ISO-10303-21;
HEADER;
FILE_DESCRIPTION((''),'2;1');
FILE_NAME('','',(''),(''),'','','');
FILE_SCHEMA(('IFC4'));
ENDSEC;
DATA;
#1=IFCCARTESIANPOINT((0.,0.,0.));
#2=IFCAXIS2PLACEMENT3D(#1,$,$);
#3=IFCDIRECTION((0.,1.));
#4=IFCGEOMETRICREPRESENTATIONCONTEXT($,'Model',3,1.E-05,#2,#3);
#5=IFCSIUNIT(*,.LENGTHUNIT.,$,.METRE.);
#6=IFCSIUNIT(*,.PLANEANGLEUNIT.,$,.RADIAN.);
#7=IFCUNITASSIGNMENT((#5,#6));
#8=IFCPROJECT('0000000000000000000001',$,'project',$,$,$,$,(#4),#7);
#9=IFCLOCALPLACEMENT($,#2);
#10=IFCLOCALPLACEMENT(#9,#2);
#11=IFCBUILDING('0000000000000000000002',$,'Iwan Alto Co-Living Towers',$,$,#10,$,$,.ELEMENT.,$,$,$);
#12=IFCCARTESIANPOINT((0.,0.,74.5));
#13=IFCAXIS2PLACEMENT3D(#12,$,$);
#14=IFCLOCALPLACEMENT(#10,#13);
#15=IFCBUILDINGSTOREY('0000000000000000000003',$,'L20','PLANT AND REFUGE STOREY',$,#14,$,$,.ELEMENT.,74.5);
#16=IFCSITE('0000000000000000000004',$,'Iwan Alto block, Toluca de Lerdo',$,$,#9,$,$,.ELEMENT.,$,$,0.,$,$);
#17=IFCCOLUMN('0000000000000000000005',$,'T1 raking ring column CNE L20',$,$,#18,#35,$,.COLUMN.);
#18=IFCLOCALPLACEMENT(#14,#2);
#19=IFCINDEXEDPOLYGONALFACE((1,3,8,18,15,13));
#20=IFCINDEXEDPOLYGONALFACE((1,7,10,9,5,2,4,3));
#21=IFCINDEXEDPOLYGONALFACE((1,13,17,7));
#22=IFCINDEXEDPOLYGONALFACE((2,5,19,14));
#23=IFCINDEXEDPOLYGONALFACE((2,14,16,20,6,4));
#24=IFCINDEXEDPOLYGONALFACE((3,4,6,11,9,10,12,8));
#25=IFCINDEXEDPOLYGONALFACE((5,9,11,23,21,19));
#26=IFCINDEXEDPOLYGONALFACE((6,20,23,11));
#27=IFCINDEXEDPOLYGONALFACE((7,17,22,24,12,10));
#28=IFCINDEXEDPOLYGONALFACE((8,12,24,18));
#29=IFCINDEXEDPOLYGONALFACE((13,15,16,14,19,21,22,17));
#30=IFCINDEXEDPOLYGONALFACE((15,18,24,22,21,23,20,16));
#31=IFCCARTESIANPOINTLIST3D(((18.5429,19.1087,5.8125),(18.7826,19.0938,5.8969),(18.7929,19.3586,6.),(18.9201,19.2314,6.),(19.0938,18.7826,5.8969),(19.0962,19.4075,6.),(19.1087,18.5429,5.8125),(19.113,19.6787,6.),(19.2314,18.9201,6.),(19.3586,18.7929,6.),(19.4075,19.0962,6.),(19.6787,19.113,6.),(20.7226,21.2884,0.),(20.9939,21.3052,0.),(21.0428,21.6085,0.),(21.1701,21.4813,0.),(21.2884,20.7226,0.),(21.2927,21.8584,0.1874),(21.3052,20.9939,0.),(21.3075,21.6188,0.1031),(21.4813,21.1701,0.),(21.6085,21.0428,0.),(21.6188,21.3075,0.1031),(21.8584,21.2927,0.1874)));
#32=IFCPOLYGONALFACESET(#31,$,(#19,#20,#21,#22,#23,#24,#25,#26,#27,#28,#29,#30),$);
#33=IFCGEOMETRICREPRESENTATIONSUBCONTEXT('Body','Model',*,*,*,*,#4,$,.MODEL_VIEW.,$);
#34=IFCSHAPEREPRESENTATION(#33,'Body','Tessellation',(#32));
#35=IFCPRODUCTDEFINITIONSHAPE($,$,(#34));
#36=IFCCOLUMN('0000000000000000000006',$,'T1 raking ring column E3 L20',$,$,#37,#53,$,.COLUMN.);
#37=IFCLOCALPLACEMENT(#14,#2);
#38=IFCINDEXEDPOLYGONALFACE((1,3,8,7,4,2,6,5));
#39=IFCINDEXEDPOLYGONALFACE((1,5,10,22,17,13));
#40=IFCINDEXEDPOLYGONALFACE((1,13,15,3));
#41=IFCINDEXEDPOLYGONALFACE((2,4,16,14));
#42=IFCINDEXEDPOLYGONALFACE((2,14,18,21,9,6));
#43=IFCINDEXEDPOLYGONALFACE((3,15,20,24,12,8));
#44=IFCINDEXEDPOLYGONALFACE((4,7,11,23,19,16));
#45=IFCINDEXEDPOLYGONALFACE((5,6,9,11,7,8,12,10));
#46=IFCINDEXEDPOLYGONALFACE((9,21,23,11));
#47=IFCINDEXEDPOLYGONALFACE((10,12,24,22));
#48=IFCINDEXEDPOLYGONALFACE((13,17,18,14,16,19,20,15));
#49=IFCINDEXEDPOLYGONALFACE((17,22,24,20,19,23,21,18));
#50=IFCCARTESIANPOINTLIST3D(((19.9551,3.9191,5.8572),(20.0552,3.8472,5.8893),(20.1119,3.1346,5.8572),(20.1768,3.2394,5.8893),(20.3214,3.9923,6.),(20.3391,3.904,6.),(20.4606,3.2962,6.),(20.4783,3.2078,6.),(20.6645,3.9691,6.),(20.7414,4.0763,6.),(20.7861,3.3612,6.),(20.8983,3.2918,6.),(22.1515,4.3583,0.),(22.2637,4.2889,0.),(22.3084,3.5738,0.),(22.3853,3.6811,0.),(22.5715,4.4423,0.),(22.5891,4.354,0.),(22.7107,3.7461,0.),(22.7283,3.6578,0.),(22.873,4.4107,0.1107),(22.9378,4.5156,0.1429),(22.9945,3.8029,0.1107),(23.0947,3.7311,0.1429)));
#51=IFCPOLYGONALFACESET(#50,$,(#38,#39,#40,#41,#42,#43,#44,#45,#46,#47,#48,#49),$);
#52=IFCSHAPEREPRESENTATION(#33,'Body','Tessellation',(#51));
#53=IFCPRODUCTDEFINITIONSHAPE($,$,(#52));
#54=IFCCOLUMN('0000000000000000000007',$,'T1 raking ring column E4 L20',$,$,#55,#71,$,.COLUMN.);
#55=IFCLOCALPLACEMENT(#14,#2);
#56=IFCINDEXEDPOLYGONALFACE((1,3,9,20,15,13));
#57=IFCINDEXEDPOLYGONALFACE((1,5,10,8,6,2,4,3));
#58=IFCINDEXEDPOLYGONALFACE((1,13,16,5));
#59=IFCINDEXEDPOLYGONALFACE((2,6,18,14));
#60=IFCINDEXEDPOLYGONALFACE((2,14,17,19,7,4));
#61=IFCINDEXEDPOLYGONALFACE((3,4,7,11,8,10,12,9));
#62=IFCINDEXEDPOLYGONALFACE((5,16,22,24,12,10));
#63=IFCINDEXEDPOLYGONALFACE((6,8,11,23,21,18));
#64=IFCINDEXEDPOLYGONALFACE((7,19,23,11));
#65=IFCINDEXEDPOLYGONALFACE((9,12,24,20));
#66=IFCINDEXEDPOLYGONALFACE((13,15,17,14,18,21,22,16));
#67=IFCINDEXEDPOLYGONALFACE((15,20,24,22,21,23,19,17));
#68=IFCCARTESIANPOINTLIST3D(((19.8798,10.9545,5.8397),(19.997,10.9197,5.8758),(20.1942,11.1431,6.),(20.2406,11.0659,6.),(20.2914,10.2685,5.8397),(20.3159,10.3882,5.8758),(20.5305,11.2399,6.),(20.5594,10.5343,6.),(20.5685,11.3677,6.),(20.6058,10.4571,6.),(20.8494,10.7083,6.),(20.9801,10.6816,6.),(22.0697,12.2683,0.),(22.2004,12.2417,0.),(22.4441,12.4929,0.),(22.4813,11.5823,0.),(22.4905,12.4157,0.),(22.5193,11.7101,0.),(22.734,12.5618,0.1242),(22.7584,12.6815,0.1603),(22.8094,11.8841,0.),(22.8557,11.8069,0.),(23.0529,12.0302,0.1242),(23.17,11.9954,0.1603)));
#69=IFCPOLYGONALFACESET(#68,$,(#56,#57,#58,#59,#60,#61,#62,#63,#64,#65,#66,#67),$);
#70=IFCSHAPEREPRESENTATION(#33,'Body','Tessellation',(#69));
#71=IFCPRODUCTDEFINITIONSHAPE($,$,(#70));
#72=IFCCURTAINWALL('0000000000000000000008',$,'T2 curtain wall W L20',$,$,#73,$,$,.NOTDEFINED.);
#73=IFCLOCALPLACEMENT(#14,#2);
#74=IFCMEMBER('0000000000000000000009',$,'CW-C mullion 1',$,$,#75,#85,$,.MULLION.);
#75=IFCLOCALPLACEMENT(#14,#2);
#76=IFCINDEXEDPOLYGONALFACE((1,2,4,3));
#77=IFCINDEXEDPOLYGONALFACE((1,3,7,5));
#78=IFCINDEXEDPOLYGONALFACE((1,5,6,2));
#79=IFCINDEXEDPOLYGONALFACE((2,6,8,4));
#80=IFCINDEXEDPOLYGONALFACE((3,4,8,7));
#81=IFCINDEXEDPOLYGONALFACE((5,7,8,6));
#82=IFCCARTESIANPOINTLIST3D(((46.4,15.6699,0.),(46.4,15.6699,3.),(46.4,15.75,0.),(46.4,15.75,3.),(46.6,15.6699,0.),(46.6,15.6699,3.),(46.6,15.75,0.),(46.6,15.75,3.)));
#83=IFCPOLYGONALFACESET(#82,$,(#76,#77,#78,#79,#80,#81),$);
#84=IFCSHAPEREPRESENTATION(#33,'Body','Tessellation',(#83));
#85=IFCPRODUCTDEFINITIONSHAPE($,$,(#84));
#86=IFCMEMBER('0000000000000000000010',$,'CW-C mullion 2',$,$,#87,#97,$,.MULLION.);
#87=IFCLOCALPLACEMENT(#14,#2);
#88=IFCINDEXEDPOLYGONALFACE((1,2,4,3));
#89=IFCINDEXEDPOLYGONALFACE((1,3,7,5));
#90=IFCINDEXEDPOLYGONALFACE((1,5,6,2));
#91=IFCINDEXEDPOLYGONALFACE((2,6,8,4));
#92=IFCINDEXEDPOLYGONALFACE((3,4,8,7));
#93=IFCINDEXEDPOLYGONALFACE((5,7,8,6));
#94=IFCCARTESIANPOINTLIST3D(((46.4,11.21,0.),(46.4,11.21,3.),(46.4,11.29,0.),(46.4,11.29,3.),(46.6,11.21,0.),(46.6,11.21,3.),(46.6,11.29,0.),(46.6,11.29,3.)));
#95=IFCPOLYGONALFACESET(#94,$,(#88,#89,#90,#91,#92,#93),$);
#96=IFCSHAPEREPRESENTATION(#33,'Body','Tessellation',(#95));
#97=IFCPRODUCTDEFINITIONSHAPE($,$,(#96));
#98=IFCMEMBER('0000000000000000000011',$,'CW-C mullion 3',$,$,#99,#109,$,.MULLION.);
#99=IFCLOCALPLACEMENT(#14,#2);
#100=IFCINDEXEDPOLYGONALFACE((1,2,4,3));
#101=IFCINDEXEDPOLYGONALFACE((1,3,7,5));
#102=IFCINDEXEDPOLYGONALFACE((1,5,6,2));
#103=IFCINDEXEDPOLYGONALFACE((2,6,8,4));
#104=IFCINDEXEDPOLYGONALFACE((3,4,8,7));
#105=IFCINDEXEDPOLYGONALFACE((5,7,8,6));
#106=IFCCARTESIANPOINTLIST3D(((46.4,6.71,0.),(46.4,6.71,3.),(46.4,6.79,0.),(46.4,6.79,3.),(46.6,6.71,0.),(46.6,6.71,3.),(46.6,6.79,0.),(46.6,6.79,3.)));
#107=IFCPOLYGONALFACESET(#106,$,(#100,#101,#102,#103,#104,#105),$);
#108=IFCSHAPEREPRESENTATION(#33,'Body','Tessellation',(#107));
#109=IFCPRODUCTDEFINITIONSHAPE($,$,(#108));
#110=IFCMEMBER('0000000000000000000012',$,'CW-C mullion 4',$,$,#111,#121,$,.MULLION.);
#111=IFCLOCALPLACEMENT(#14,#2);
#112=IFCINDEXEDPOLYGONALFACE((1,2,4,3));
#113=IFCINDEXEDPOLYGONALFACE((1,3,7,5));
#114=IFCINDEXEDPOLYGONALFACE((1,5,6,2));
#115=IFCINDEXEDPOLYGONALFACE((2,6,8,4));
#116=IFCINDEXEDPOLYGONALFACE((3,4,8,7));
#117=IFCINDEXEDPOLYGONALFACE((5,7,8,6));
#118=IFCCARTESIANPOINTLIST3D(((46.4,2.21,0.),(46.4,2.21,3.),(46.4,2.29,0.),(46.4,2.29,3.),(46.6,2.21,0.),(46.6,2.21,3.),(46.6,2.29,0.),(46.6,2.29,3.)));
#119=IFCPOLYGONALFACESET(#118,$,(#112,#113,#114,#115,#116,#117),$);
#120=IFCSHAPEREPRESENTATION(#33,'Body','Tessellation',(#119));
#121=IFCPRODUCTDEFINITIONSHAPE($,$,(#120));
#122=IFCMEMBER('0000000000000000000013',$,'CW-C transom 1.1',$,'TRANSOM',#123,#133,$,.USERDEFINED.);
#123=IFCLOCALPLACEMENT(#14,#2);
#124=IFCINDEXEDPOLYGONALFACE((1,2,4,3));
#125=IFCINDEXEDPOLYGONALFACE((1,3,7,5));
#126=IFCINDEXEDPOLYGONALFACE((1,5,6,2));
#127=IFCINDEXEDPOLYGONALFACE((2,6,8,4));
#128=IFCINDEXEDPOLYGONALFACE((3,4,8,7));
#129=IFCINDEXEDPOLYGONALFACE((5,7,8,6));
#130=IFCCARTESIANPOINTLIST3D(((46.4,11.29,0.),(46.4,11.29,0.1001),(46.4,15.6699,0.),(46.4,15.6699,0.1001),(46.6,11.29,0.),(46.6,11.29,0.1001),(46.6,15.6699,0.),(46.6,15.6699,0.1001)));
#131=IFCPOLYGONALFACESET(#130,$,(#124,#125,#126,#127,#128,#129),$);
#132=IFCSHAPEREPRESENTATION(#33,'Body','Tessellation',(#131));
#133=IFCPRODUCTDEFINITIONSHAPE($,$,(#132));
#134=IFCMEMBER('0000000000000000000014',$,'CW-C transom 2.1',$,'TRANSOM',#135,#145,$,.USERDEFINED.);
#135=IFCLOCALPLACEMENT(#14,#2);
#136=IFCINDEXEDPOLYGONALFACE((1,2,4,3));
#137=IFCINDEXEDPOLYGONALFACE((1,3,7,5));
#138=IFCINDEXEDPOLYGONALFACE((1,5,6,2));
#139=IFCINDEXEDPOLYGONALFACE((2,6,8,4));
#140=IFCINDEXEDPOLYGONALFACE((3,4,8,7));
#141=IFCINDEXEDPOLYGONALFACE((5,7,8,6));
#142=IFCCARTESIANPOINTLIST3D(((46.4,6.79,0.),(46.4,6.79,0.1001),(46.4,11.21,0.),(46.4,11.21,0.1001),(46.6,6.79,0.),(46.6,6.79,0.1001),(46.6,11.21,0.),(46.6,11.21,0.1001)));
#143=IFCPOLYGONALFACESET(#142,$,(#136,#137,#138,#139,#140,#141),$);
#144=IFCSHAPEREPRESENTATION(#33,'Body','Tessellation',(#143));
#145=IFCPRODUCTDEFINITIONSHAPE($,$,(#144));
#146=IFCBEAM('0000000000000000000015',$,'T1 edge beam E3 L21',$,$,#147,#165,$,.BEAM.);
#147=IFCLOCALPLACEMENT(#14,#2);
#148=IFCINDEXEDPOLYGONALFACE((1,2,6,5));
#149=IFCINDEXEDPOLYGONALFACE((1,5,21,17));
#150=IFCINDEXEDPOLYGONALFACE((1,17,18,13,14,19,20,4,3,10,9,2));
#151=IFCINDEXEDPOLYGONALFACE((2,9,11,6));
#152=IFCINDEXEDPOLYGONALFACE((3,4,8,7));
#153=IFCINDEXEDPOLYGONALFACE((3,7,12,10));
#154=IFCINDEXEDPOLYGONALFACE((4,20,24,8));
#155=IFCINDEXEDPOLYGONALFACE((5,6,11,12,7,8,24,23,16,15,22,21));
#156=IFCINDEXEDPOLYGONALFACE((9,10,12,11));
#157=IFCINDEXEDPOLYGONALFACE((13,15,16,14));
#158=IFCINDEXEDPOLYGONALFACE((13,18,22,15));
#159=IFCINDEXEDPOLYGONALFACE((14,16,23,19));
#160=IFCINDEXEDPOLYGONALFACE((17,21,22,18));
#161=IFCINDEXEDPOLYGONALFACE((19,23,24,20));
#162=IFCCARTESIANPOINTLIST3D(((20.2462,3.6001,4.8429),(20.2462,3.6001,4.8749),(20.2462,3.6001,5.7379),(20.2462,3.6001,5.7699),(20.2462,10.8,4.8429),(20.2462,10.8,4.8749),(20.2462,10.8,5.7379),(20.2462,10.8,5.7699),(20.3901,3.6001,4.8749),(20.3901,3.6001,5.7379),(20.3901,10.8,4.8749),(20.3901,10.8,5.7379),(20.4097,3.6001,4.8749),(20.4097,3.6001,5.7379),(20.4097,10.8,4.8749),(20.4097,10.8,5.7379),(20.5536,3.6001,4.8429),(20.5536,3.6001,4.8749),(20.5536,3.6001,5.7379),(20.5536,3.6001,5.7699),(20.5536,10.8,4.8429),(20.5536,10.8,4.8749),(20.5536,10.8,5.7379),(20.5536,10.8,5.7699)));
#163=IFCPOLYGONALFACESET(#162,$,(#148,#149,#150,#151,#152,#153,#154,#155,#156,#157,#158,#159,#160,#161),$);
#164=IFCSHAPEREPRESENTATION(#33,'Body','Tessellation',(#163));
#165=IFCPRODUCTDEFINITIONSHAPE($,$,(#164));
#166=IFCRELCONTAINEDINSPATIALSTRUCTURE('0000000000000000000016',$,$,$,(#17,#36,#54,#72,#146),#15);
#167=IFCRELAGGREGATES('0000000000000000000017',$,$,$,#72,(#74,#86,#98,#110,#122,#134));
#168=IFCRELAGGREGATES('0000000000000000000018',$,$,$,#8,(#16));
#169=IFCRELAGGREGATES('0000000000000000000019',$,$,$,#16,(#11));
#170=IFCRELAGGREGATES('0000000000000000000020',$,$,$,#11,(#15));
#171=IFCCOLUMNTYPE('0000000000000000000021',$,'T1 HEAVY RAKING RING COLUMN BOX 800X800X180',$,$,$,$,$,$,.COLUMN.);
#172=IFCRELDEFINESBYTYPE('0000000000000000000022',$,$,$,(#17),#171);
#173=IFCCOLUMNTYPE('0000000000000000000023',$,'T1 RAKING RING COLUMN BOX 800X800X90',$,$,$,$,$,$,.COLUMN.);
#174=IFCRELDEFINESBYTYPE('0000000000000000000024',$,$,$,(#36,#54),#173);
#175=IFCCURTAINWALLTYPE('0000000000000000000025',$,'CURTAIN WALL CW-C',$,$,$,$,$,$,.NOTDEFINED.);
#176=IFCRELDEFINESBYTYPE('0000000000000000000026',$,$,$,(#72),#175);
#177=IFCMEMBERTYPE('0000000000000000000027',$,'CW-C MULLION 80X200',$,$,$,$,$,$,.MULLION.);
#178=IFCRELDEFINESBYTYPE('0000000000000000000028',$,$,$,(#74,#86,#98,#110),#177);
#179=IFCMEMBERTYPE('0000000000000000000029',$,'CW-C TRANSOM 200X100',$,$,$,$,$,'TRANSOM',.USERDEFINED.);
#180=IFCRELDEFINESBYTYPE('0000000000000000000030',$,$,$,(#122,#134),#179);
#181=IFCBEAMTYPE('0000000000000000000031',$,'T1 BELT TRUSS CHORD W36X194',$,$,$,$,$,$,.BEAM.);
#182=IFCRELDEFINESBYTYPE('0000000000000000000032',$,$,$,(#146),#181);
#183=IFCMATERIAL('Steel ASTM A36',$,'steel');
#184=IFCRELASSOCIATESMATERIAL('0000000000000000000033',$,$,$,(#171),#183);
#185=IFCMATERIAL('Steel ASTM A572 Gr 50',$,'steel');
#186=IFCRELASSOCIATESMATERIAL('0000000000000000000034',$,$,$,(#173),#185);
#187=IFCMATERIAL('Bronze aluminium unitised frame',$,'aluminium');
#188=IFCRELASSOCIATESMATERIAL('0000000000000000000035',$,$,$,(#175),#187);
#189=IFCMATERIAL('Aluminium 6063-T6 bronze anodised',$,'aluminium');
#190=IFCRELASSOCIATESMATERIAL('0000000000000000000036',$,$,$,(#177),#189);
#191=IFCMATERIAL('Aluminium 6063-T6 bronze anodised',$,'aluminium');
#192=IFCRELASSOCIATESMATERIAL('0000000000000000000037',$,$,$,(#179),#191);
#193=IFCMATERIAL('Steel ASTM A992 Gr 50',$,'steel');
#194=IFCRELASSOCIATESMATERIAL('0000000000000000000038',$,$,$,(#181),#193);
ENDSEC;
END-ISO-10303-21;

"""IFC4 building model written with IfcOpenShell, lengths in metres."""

from ifc_helpers import new_model, si_unit, direction, frame, origin, origin_2d, place, context, subcontext, project, spatial, rectangle, hollow_rectangle, i_section, extrude, clip, halfspace, material, material_profile, profile_set, type_object, element, aggregate, save


model = new_model("IFC4")

# Units and contexts
model_context = context("Model", 3, precision=1e-05, world=origin(), true_north=direction((0.0, 1.0)))
body_context = subcontext(model_context, "Body", "Model", "MODEL_VIEW")
ifc_project = project(units=[si_unit("LENGTHUNIT", "METRE"), si_unit("PLANEANGLEUNIT", "RADIAN")], contexts=[model_context])

# Site, building, storey
site_placement = place(None, origin())
site = spatial("IfcSite", under=ifc_project, at=site_placement, Name="Iwan Alto block, Toluca de Lerdo", CompositionType="ELEMENT", RefElevation=0.0)
building_placement = place(site_placement, origin())
building = spatial("IfcBuilding", under=site, at=building_placement, Name="Iwan Alto Co-Living Towers", CompositionType="ELEMENT")
storey_placement = place(building_placement, frame((0.0, 0.0, 74.5)))
storey = spatial("IfcBuildingStorey", under=building, at=storey_placement, Name="L20", Description="PLANT AND REFUGE STOREY", CompositionType="ELEMENT", Elevation=74.5)

# Columns
ifc_material_1 = material(Name="Steel ASTM A36", Category="steel")
ifc_material_profile_1 = material_profile(ifc_material_1, hollow_rectangle(XDim=0.8, YDim=0.8, WallThickness=0.1799, at=origin_2d()), Name="BOX 800X800X180")
ifc_profile_set_1 = profile_set([ifc_material_profile_1], Name="Steel ASTM A36")
column_type_1 = type_object("IfcColumnType", Name="T1 HEAVY RAKING RING COLUMN BOX 800X800X180", PredefinedType="COLUMN", material=ifc_profile_set_1)
column_1_placement = place(storey_placement, frame((21.3257, 21.3257, 0.0), z_axis=(-0.331295, -0.331295, 0.883452), x_axis=(0.707107, -0.707107, 0.0)))
element("IfcColumn", 1, at=column_1_placement, inside=storey, type_object=column_type_1, Name="T1 raking ring column CNE L20", PredefinedType="COLUMN", context=body_context, shape_type="Clipping", body=[
    clip(clip(extrude(hollow_rectangle(XDim=0.8, YDim=0.8, WallThickness=0.1799, at=origin_2d()), origin(), (0.0, 0.0, 1.0), 6.7915), halfspace(frame((0.0, 0.0, 0.0), z_axis=(0.0, -0.468521, -0.883452), x_axis=(0.707107, 0.624695, -0.331295)), False)), halfspace(frame((0.0, 2.811, 5.3008), z_axis=(0.0, 0.468521, 0.883452), x_axis=(0.707107, 0.624695, -0.331295)), False)),
])
ifc_material_2 = material(Name="Steel ASTM A572 Gr 50", Category="steel")
ifc_material_profile_2 = material_profile(ifc_material_2, hollow_rectangle(XDim=0.8, YDim=0.8, WallThickness=0.0901, at=origin_2d()), Name="BOX 800X800X90")
ifc_profile_set_2 = profile_set([ifc_material_profile_2], Name="Steel ASTM A572 Gr 50")
column_type_2 = type_object("IfcColumnType", Name="T1 RAKING RING COLUMN BOX 800X800X90", PredefinedType="COLUMN", material=ifc_profile_set_2)
column_2_placement = place(storey_placement, frame((22.6499, 4.05, 0.0), z_axis=(-0.350261, -0.070045, 0.934029), x_axis=(0.196096, -0.980585, 0.0)))
element("IfcColumn", 2, at=column_2_placement, inside=storey, type_object=column_type_2, Name="T1 raking ring column E3 L20", PredefinedType="COLUMN", context=body_context, shape_type="Clipping", body=[
    clip(clip(extrude(hollow_rectangle(XDim=0.8, YDim=0.8, WallThickness=0.0901, at=origin_2d()), origin(), (0.0, 0.0, 1.0), 6.4238), halfspace(frame((0.0, 0.0, 0.0), z_axis=(0.0, -0.357196, -0.934029), x_axis=(0.196096, 0.915895, -0.350261)), False)), halfspace(frame((0.0, 2.1431, 5.6042), z_axis=(0.0, 0.357196, 0.934029), x_axis=(0.196096, 0.915895, -0.350261)), False)),
])
column_3_placement = place(storey_placement, frame((22.6499, 12.1499, 0.0), z_axis=(-0.343583, -0.206128, 0.916222), x_axis=(0.514455, -0.857518, 0.0)))
element("IfcColumn", 3, at=column_3_placement, inside=storey, type_object=column_type_2, Name="T1 raking ring column E4 L20", PredefinedType="COLUMN", context=body_context, shape_type="Clipping", body=[
    clip(clip(extrude(hollow_rectangle(XDim=0.8, YDim=0.8, WallThickness=0.0901, at=origin_2d()), origin(), (0.0, 0.0, 1.0), 6.5486), halfspace(frame((0.0, 0.0, 0.0), z_axis=(0.0, -0.400672, -0.916222), x_axis=(0.514455, 0.785676, -0.343583)), False)), halfspace(frame((0.0, 2.4041, 5.4973), z_axis=(0.0, 0.400672, 0.916222), x_axis=(0.514455, 0.785676, -0.343583)), False)),
])

# Curtain wall, members
ifc_material_3 = material(Name="Bronze aluminium unitised frame", Category="aluminium")
curtain_wall_type = type_object("IfcCurtainWallType", Name="CURTAIN WALL CW-C", PredefinedType="NOTDEFINED", material=ifc_material_3)
curtain_wall_placement = place(storey_placement, origin())
curtain_wall = element("IfcCurtainWall", 4, at=curtain_wall_placement, inside=storey, type_object=curtain_wall_type, Name="T2 curtain wall W L20", PredefinedType="NOTDEFINED")
ifc_material_4 = material(Name="Aluminium 6063-T6 bronze anodised", Category="aluminium")
ifc_material_profile_3 = material_profile(ifc_material_4, rectangle(XDim=0.2, YDim=0.0801, at=origin_2d()), Name="AL 80X200")
ifc_profile_set_3 = profile_set([ifc_material_profile_3], Name="Aluminium 6063-T6 bronze anodised")
member_type_1 = type_object("IfcMemberType", Name="CW-C MULLION 80X200", PredefinedType="MULLION", material=ifc_profile_set_3)
member_1_placement = place(storey_placement, frame((46.5, 15.71, 0.0), z_axis=(0.0, 0.0, 1.0), x_axis=(1.0, 0.0, 0.0)))
member_1 = element("IfcMember", 5, at=member_1_placement, type_object=member_type_1, Name="CW-C mullion 1", PredefinedType="MULLION", context=body_context, shape_type="SweptSolid", body=[
    extrude(rectangle(XDim=0.2, YDim=0.0801, at=origin_2d()), origin(), (0.0, 0.0, 1.0), 3.0),
])
member_2_placement = place(storey_placement, frame((46.5, 11.25, 0.0), z_axis=(0.0, 0.0, 1.0), x_axis=(1.0, 0.0, 0.0)))
member_2 = element("IfcMember", 6, at=member_2_placement, type_object=member_type_1, Name="CW-C mullion 2", PredefinedType="MULLION", context=body_context, shape_type="SweptSolid", body=[
    extrude(rectangle(XDim=0.2, YDim=0.0801, at=origin_2d()), origin(), (0.0, 0.0, 1.0), 3.0),
])
member_3_placement = place(storey_placement, frame((46.5, 6.75, 0.0), z_axis=(0.0, 0.0, 1.0), x_axis=(1.0, 0.0, 0.0)))
member_3 = element("IfcMember", 7, at=member_3_placement, type_object=member_type_1, Name="CW-C mullion 3", PredefinedType="MULLION", context=body_context, shape_type="SweptSolid", body=[
    extrude(rectangle(XDim=0.2, YDim=0.0801, at=origin_2d()), origin(), (0.0, 0.0, 1.0), 3.0),
])
member_4_placement = place(storey_placement, frame((46.5, 2.25, 0.0), z_axis=(0.0, 0.0, 1.0), x_axis=(1.0, 0.0, 0.0)))
member_4 = element("IfcMember", 8, at=member_4_placement, type_object=member_type_1, Name="CW-C mullion 4", PredefinedType="MULLION", context=body_context, shape_type="SweptSolid", body=[
    extrude(rectangle(XDim=0.2, YDim=0.0801, at=origin_2d()), origin(), (0.0, 0.0, 1.0), 3.0),
])
ifc_material_5 = material(Name="Aluminium 6063-T6 bronze anodised", Category="aluminium")
ifc_material_profile_4 = material_profile(ifc_material_5, rectangle(XDim=0.2, YDim=0.1001, at=origin_2d()), Name="AL 200X100")
ifc_profile_set_4 = profile_set([ifc_material_profile_4], Name="Aluminium 6063-T6 bronze anodised")
member_type_2 = type_object("IfcMemberType", Name="CW-C TRANSOM 200X100", ElementType="TRANSOM", PredefinedType="USERDEFINED", material=ifc_profile_set_4)
member_5_placement = place(storey_placement, frame((46.5, 15.6699, 0.05), z_axis=(0.0, -1.0, 0.0), x_axis=(1.0, 0.0, 0.0)))
member_5 = element("IfcMember", 9, at=member_5_placement, type_object=member_type_2, Name="CW-C transom 1.1", ObjectType="TRANSOM", PredefinedType="USERDEFINED", context=body_context, shape_type="SweptSolid", body=[
    extrude(rectangle(XDim=0.2, YDim=0.1001, at=origin_2d()), origin(), (0.0, 0.0, 1.0), 4.3799),
])
member_6_placement = place(storey_placement, frame((46.5, 11.21, 0.05), z_axis=(0.0, -1.0, 0.0), x_axis=(1.0, 0.0, 0.0)))
member_6 = element("IfcMember", 10, at=member_6_placement, type_object=member_type_2, Name="CW-C transom 2.1", ObjectType="TRANSOM", PredefinedType="USERDEFINED", context=body_context, shape_type="SweptSolid", body=[
    extrude(rectangle(XDim=0.2, YDim=0.1001, at=origin_2d()), origin(), (0.0, 0.0, 1.0), 4.4199),
])

# Beam
ifc_material_6 = material(Name="Steel ASTM A992 Gr 50", Category="steel")
ifc_material_profile_5 = material_profile(ifc_material_6, i_section(OverallWidth=0.3074, OverallDepth=0.927, WebThickness=0.0195, FlangeThickness=0.032, at=origin_2d()), Name="W36X194")
ifc_profile_set_5 = profile_set([ifc_material_profile_5], Name="Steel ASTM A992 Gr 50")
beam_type_1 = type_object("IfcBeamType", Name="T1 BELT TRUSS CHORD W36X194", PredefinedType="BEAM", material=ifc_profile_set_5)
beam_1_placement = place(storey_placement, frame((20.3999, 3.6001, 5.3064), z_axis=(0.0, 1.0, 0.0), x_axis=(-1.0, 0.0, 0.0)))
element("IfcBeam", 11, at=beam_1_placement, inside=storey, type_object=beam_type_1, Name="T1 edge beam E3 L21", PredefinedType="BEAM", context=body_context, shape_type="SweptSolid", body=[
    extrude(i_section(OverallWidth=0.3074, OverallDepth=0.927, WebThickness=0.0195, FlangeThickness=0.032, at=origin_2d()), origin(), (0.0, 0.0, 1.0), 7.2),
])

aggregate(curtain_wall, [member_1, member_2, member_3, member_4, member_5, member_6])

save(model, "model.ifc")
